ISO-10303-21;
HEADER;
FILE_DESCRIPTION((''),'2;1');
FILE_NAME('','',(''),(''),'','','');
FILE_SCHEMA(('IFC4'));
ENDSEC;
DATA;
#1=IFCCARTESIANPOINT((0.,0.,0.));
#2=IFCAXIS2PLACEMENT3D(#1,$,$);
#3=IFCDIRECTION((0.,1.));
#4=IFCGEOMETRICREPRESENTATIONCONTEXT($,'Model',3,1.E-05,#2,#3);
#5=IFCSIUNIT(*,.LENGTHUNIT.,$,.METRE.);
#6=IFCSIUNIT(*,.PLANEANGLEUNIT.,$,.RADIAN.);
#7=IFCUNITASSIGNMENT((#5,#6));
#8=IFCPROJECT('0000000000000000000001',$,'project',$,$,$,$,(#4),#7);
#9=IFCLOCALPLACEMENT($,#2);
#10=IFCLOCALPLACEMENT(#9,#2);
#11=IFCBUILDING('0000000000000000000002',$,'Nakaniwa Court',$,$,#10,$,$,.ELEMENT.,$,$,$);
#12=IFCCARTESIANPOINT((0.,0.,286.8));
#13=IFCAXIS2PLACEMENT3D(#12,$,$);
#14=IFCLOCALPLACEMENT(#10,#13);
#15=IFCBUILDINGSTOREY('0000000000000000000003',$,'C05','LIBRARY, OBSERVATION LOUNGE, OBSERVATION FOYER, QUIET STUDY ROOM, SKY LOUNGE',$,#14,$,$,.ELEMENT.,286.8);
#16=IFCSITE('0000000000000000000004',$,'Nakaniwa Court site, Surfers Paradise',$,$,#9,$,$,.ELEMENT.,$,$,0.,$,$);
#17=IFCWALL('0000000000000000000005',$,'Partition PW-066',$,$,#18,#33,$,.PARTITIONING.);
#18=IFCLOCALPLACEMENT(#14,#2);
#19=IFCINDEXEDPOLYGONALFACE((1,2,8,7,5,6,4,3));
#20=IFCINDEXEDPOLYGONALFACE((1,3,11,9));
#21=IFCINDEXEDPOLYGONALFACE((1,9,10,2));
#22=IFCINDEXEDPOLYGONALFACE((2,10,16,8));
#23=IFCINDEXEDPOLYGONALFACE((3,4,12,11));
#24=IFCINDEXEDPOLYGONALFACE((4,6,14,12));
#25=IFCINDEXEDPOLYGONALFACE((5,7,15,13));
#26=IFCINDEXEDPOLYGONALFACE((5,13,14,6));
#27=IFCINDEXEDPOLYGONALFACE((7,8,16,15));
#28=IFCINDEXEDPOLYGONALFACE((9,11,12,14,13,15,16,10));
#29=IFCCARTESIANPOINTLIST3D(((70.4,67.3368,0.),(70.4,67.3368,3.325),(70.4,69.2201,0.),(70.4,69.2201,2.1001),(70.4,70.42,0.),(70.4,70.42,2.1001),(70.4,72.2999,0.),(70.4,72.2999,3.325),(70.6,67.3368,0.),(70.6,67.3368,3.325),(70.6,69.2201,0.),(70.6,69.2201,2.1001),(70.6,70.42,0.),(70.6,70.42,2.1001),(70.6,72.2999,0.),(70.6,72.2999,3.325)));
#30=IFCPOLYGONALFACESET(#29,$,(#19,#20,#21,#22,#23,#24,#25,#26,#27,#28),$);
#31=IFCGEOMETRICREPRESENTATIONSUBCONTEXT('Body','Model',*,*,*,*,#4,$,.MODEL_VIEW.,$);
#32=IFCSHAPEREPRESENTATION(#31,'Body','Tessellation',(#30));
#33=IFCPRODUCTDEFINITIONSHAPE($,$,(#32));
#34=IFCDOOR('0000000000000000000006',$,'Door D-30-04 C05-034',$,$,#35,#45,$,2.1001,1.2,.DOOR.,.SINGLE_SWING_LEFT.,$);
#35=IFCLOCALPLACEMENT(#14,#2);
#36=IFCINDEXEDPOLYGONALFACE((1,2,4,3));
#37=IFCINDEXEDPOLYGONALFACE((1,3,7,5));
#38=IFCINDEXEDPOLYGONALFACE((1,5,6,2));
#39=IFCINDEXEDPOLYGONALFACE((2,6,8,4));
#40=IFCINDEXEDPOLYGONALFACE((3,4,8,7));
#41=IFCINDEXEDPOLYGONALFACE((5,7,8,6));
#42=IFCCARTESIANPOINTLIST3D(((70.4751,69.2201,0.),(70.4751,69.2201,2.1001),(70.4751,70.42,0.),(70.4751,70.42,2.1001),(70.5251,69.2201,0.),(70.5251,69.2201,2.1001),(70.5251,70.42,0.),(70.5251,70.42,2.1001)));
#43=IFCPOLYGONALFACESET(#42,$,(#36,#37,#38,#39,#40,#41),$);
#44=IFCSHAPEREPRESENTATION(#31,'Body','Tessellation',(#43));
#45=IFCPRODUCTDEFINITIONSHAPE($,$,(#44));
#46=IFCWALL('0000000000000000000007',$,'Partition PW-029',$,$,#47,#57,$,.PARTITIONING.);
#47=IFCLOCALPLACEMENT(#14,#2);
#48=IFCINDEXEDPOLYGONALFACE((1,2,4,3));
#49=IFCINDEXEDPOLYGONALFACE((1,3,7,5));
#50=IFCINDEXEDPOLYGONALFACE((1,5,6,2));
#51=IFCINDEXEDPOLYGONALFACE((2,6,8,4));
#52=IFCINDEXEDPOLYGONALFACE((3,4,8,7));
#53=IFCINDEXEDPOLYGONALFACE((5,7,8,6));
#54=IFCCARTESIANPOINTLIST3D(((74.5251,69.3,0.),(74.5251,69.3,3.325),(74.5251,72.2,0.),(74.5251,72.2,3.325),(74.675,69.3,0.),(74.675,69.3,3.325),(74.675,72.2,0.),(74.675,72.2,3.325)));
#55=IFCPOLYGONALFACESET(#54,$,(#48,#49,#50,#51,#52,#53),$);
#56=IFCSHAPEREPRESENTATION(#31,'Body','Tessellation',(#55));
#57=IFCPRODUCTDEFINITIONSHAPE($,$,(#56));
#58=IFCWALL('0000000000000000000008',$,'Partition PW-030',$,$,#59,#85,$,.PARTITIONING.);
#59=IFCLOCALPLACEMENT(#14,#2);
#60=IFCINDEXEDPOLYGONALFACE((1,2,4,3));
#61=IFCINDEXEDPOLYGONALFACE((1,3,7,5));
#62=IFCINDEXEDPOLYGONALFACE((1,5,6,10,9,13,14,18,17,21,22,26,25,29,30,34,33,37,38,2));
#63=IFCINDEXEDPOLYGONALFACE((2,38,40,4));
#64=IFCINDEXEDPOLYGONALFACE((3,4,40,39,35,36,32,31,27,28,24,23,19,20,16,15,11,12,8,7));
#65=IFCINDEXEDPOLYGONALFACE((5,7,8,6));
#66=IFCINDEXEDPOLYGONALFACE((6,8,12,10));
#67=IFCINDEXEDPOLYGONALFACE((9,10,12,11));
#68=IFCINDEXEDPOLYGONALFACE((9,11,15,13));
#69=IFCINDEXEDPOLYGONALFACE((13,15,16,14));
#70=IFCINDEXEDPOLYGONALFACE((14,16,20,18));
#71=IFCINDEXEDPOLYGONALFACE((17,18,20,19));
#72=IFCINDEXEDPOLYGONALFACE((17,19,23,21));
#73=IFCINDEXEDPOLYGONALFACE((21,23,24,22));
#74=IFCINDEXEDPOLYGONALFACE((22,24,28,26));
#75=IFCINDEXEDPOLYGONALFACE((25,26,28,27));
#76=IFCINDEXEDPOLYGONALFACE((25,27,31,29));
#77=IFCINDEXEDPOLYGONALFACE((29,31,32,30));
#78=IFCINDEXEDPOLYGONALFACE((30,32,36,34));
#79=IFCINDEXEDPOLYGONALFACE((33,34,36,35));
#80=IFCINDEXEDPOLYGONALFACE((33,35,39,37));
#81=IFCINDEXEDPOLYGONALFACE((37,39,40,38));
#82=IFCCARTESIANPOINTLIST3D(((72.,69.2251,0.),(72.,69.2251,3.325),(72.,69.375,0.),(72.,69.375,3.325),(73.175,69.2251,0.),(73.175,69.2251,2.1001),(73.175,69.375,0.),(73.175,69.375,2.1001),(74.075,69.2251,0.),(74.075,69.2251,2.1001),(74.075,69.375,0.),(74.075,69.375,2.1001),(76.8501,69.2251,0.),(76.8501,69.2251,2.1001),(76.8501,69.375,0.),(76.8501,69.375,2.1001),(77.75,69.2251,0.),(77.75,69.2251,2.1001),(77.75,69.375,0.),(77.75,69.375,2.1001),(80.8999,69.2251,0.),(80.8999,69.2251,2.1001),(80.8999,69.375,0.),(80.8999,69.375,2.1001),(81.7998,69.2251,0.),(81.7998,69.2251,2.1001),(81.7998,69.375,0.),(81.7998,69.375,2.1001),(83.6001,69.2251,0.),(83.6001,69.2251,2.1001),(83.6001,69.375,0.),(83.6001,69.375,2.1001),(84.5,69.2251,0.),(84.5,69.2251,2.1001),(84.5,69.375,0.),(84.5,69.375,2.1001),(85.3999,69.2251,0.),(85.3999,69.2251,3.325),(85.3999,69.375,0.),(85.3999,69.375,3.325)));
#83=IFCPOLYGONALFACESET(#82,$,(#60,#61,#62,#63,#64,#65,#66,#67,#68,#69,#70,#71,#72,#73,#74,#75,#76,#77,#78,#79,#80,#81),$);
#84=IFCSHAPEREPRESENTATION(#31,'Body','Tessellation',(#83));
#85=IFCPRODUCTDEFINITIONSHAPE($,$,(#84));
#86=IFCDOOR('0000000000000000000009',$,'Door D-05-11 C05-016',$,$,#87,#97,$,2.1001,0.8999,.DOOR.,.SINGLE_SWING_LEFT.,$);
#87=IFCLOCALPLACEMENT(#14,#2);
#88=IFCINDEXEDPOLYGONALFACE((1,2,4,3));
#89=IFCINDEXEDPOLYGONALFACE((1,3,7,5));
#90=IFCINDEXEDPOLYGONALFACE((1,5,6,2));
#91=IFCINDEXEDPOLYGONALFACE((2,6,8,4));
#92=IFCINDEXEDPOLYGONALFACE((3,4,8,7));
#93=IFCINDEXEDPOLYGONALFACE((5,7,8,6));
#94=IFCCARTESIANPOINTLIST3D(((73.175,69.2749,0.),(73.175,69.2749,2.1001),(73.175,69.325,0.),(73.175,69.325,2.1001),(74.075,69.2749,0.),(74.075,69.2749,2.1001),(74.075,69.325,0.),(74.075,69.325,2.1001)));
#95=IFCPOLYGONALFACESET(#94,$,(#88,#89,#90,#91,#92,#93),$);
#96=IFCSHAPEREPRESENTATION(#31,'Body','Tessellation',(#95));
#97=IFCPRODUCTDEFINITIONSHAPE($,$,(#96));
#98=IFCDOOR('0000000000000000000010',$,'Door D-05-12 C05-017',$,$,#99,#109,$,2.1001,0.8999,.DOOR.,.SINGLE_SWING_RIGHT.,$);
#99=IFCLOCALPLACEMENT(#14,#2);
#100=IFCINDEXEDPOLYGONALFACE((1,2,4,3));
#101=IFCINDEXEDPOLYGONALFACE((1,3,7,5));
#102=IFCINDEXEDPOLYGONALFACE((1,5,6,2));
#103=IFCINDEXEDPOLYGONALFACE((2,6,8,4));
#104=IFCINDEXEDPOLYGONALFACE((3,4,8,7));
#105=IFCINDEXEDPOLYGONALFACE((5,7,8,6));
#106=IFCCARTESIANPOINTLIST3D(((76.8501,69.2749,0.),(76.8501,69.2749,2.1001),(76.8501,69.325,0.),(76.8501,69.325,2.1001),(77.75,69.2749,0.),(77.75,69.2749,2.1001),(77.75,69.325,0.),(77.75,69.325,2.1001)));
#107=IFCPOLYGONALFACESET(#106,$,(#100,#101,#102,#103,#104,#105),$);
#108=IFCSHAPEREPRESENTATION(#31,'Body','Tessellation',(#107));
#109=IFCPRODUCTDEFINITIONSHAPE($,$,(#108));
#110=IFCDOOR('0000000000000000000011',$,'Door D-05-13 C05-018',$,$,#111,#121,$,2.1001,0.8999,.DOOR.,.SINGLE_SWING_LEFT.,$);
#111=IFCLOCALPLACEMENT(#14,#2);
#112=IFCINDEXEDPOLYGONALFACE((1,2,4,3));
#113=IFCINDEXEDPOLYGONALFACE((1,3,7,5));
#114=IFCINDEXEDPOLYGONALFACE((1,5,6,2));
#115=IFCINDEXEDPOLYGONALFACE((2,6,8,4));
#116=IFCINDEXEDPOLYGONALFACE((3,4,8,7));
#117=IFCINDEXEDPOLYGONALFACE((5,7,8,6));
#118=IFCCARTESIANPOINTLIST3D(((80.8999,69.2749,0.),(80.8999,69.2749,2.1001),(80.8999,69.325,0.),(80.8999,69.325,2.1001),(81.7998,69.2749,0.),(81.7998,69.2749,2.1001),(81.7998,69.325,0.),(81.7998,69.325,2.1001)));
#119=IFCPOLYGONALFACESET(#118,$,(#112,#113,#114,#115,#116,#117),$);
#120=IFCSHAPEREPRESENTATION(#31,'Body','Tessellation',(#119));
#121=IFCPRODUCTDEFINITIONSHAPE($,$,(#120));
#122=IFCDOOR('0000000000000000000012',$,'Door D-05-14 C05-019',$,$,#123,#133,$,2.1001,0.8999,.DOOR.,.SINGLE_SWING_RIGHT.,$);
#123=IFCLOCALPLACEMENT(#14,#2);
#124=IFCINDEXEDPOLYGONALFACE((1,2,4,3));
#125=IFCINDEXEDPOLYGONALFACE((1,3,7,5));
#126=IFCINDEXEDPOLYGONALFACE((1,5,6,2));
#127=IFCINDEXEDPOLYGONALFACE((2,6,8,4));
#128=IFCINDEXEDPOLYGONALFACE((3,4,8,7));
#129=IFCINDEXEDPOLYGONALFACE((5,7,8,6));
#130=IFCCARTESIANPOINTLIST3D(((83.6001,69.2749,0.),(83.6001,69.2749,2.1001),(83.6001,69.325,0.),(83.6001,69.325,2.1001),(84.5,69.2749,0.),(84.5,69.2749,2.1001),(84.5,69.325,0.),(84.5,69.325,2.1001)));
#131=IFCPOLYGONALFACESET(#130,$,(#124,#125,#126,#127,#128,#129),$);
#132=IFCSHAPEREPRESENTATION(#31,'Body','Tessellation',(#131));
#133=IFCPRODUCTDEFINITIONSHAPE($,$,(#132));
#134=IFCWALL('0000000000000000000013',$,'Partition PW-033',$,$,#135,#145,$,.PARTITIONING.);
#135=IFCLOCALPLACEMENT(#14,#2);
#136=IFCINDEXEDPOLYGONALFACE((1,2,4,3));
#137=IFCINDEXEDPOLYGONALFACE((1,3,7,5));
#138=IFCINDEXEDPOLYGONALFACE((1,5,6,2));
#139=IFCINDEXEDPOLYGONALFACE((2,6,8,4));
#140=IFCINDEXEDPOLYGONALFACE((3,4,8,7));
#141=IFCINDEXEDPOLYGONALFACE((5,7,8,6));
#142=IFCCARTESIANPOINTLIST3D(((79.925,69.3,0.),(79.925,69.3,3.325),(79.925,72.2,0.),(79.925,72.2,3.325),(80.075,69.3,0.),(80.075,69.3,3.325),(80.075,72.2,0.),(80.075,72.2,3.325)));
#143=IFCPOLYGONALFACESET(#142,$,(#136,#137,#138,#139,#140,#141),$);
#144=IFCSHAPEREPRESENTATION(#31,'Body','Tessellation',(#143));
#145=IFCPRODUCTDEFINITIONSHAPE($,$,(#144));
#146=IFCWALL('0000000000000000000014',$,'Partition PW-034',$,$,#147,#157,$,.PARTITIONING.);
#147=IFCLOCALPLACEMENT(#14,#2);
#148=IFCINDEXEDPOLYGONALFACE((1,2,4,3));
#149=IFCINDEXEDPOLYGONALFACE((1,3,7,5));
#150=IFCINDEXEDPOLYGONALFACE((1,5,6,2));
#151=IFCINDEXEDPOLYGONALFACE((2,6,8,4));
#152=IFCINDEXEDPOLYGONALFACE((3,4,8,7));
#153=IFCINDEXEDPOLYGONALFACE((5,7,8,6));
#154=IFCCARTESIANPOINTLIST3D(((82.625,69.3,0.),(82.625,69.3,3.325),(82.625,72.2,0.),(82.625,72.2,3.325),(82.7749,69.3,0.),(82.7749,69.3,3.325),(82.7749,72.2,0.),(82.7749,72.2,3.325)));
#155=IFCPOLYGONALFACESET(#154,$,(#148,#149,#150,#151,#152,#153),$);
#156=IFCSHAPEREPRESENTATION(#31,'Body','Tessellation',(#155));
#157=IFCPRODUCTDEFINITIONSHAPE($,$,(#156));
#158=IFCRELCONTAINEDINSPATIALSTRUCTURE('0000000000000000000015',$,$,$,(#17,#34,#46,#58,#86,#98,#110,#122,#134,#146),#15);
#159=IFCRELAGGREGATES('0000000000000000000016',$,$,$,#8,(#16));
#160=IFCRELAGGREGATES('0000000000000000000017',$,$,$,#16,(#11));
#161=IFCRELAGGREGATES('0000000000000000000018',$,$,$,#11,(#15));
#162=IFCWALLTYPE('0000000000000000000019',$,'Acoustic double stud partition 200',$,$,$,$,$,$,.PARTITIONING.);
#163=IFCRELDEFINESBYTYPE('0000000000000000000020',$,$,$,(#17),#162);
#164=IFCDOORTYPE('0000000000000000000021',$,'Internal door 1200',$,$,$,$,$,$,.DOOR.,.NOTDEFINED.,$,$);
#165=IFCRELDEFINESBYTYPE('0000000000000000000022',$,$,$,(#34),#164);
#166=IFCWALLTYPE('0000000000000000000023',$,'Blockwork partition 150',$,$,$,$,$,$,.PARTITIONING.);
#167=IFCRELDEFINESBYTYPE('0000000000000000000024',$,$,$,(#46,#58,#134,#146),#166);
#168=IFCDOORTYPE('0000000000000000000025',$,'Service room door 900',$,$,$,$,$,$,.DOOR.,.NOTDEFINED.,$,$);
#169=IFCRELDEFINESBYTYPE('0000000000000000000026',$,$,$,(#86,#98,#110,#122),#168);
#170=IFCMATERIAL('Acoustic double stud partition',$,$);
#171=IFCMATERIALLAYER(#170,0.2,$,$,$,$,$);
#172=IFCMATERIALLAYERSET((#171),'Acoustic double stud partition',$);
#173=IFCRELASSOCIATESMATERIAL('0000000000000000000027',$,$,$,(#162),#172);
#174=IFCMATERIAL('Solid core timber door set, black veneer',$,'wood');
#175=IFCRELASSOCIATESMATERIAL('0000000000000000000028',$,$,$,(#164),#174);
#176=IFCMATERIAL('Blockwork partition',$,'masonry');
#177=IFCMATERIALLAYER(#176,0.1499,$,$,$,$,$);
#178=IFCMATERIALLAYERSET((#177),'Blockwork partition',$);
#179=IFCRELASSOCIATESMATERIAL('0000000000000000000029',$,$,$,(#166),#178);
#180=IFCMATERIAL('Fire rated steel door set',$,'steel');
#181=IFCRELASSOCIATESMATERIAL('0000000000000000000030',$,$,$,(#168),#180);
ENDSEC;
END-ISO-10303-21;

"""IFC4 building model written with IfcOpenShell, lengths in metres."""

from ifc_helpers import new_model, si_unit, direction, frame, frame_2d, origin, place, context, subcontext, project, spatial, rectangle, extrude, material, layer, layer_set, type_object, element, fill, save


model = new_model("IFC4")

# Units and contexts
model_context = context("Model", 3, precision=1e-05, world=origin(), true_north=direction((0.0, 1.0)))
body_context = subcontext(model_context, "Body", "Model", "MODEL_VIEW")
ifc_project = project(units=[si_unit("LENGTHUNIT", "METRE"), si_unit("PLANEANGLEUNIT", "RADIAN")], contexts=[model_context])

# Site, building, storey
site_placement = place(None, origin())
site = spatial("IfcSite", under=ifc_project, at=site_placement, Name="Nakaniwa Court site, Surfers Paradise", CompositionType="ELEMENT", RefElevation=0.0)
building_placement = place(site_placement, origin())
building = spatial("IfcBuilding", under=site, at=building_placement, Name="Nakaniwa Court", CompositionType="ELEMENT")
storey_placement = place(building_placement, frame((0.0, 0.0, 286.8)))
storey = spatial("IfcBuildingStorey", under=building, at=storey_placement, Name="C05", Description="LIBRARY, OBSERVATION LOUNGE, OBSERVATION FOYER, QUIET STUDY ROOM, SKY LOUNGE", CompositionType="ELEMENT", Elevation=286.8)

# Wall, opening, door
ifc_material_1 = material(Name="Acoustic double stud partition")
ifc_layer_1 = layer(ifc_material_1, 0.2)
ifc_layer_set_1 = layer_set([ifc_layer_1], Name="Acoustic double stud partition")
wall_type_1 = type_object("IfcWallType", Name="Acoustic double stud partition 200", PredefinedType="PARTITIONING", material=ifc_layer_set_1)
wall_1_placement = place(storey_placement, frame((70.5, 67.3369, 0.0), z_axis=(0.0, 0.0, 1.0), x_axis=(0.0, 1.0, 0.0)))
wall_1 = element("IfcWall", 1, at=wall_1_placement, inside=storey, type_object=wall_type_1, Name="Partition PW-066", PredefinedType="PARTITIONING", context=body_context, shape_type="SweptSolid", body=[
    extrude(rectangle(XDim=4.9631, YDim=0.2, at=frame_2d((2.4814, 0.0))), origin(), (0.0, 0.0, 1.0), 3.325),
])
opening_1_placement = place(wall_1_placement, frame((1.8831, 0.0, 0.0)))
opening_1 = element("IfcOpeningElement", 2, at=opening_1_placement, cuts=wall_1, PredefinedType="OPENING", context=body_context, shape_type="SweptSolid", body=[
    extrude(rectangle(XDim=1.2, YDim=2.1001, at=frame_2d((0.6001, 1.05))), frame((0.0, 0.1099, 0.0), z_axis=(0.0, -1.0, 0.0), x_axis=(1.0, 0.0, 0.0)), (0.0, 0.0, 1.0), 0.22),
])
ifc_material_2 = material(Name="Solid core timber door set, black veneer", Category="wood")
door_type_1 = type_object("IfcDoorType", Name="Internal door 1200", OperationType="NOTDEFINED", PredefinedType="DOOR", material=ifc_material_2)
door_1_placement = place(opening_1_placement, origin())
door_1 = element("IfcDoor", 3, at=door_1_placement, inside=storey, type_object=door_type_1, Name="Door D-30-04 C05-034", OperationType="SINGLE_SWING_LEFT", OverallHeight=2.1001, OverallWidth=1.2, PredefinedType="DOOR", context=body_context, shape_type="SweptSolid", body=[
    extrude(rectangle(XDim=1.2, YDim=2.1001, at=frame_2d((0.6001, 1.05))), frame((0.0, 0.0249, 0.0), z_axis=(0.0, -1.0, 0.0), x_axis=(1.0, 0.0, 0.0)), (0.0, 0.0, 1.0), 0.05),
])
fill(opening_1, door_1)

# Wall
ifc_material_3 = material(Name="Blockwork partition", Category="masonry")
ifc_layer_2 = layer(ifc_material_3, 0.1499)
ifc_layer_set_2 = layer_set([ifc_layer_2], Name="Blockwork partition")
wall_type_2 = type_object("IfcWallType", Name="Blockwork partition 150", PredefinedType="PARTITIONING", material=ifc_layer_set_2)
wall_2_placement = place(storey_placement, frame((74.6001, 69.3, 0.0), z_axis=(0.0, 0.0, 1.0), x_axis=(0.0, 1.0, 0.0)))
element("IfcWall", 4, at=wall_2_placement, inside=storey, type_object=wall_type_2, Name="Partition PW-029", PredefinedType="PARTITIONING", context=body_context, shape_type="SweptSolid", body=[
    extrude(rectangle(XDim=2.8999, YDim=0.1499, at=frame_2d((1.45, 0.0))), origin(), (0.0, 0.0, 1.0), 3.325),
])

# Wall, openings, doors
wall_3_placement = place(storey_placement, frame((72.0, 69.3, 0.0), z_axis=(0.0, 0.0, 1.0), x_axis=(1.0, 0.0, 0.0)))
wall_3 = element("IfcWall", 5, at=wall_3_placement, inside=storey, type_object=wall_type_2, Name="Partition PW-030", PredefinedType="PARTITIONING", context=body_context, shape_type="SweptSolid", body=[
    extrude(rectangle(XDim=13.3999, YDim=0.1499, at=frame_2d((6.7, 0.0))), origin(), (0.0, 0.0, 1.0), 3.325),
])
opening_2_placement = place(wall_3_placement, frame((1.175, 0.0, 0.0)))
opening_2 = element("IfcOpeningElement", 6, at=opening_2_placement, cuts=wall_3, PredefinedType="OPENING", context=body_context, shape_type="SweptSolid", body=[
    extrude(rectangle(XDim=0.8999, YDim=2.1001, at=frame_2d((0.45, 1.05))), frame((0.0, 0.085, 0.0), z_axis=(0.0, -1.0, 0.0), x_axis=(1.0, 0.0, 0.0)), (0.0, 0.0, 1.0), 0.1699),
])
opening_3_placement = place(wall_3_placement, frame((4.8501, 0.0, 0.0)))
opening_3 = element("IfcOpeningElement", 7, at=opening_3_placement, cuts=wall_3, PredefinedType="OPENING", context=body_context, shape_type="SweptSolid", body=[
    extrude(rectangle(XDim=0.8999, YDim=2.1001, at=frame_2d((0.45, 1.05))), frame((0.0, 0.085, 0.0), z_axis=(0.0, -1.0, 0.0), x_axis=(1.0, 0.0, 0.0)), (0.0, 0.0, 1.0), 0.1699),
])
opening_4_placement = place(wall_3_placement, frame((8.8999, 0.0, 0.0)))
opening_4 = element("IfcOpeningElement", 8, at=opening_4_placement, cuts=wall_3, PredefinedType="OPENING", context=body_context, shape_type="SweptSolid", body=[
    extrude(rectangle(XDim=0.8999, YDim=2.1001, at=frame_2d((0.45, 1.05))), frame((0.0, 0.085, 0.0), z_axis=(0.0, -1.0, 0.0), x_axis=(1.0, 0.0, 0.0)), (0.0, 0.0, 1.0), 0.1699),
])
opening_5_placement = place(wall_3_placement, frame((11.6001, 0.0, 0.0)))
opening_5 = element("IfcOpeningElement", 9, at=opening_5_placement, cuts=wall_3, PredefinedType="OPENING", context=body_context, shape_type="SweptSolid", body=[
    extrude(rectangle(XDim=0.8999, YDim=2.1001, at=frame_2d((0.45, 1.05))), frame((0.0, 0.085, 0.0), z_axis=(0.0, -1.0, 0.0), x_axis=(1.0, 0.0, 0.0)), (0.0, 0.0, 1.0), 0.1699),
])
ifc_material_4 = material(Name="Fire rated steel door set", Category="steel")
door_type_2 = type_object("IfcDoorType", Name="Service room door 900", OperationType="NOTDEFINED", PredefinedType="DOOR", material=ifc_material_4)
door_2_placement = place(opening_2_placement, origin())
door_2 = element("IfcDoor", 10, at=door_2_placement, inside=storey, type_object=door_type_2, Name="Door D-05-11 C05-016", OperationType="SINGLE_SWING_LEFT", OverallHeight=2.1001, OverallWidth=0.8999, PredefinedType="DOOR", context=body_context, shape_type="SweptSolid", body=[
    extrude(rectangle(XDim=0.8999, YDim=2.1001, at=frame_2d((0.45, 1.05))), frame((0.0, 0.0249, 0.0), z_axis=(0.0, -1.0, 0.0), x_axis=(1.0, 0.0, 0.0)), (0.0, 0.0, 1.0), 0.05),
])
fill(opening_2, door_2)
door_3_placement = place(opening_3_placement, origin())
door_3 = element("IfcDoor", 11, at=door_3_placement, inside=storey, type_object=door_type_2, Name="Door D-05-12 C05-017", OperationType="SINGLE_SWING_RIGHT", OverallHeight=2.1001, OverallWidth=0.8999, PredefinedType="DOOR", context=body_context, shape_type="SweptSolid", body=[
    extrude(rectangle(XDim=0.8999, YDim=2.1001, at=frame_2d((0.45, 1.05))), frame((0.0, 0.0249, 0.0), z_axis=(0.0, -1.0, 0.0), x_axis=(1.0, 0.0, 0.0)), (0.0, 0.0, 1.0), 0.05),
])
fill(opening_3, door_3)
door_4_placement = place(opening_4_placement, origin())
door_4 = element("IfcDoor", 12, at=door_4_placement, inside=storey, type_object=door_type_2, Name="Door D-05-13 C05-018", OperationType="SINGLE_SWING_LEFT", OverallHeight=2.1001, OverallWidth=0.8999, PredefinedType="DOOR", context=body_context, shape_type="SweptSolid", body=[
    extrude(rectangle(XDim=0.8999, YDim=2.1001, at=frame_2d((0.45, 1.05))), frame((0.0, 0.0249, 0.0), z_axis=(0.0, -1.0, 0.0), x_axis=(1.0, 0.0, 0.0)), (0.0, 0.0, 1.0), 0.05),
])
fill(opening_4, door_4)
door_5_placement = place(opening_5_placement, origin())
door_5 = element("IfcDoor", 13, at=door_5_placement, inside=storey, type_object=door_type_2, Name="Door D-05-14 C05-019", OperationType="SINGLE_SWING_RIGHT", OverallHeight=2.1001, OverallWidth=0.8999, PredefinedType="DOOR", context=body_context, shape_type="SweptSolid", body=[
    extrude(rectangle(XDim=0.8999, YDim=2.1001, at=frame_2d((0.45, 1.05))), frame((0.0, 0.0249, 0.0), z_axis=(0.0, -1.0, 0.0), x_axis=(1.0, 0.0, 0.0)), (0.0, 0.0, 1.0), 0.05),
])
fill(opening_5, door_5)

# Walls
for number, where, z_axis, x_axis, name in (
    (14, (80.0, 69.3, 0.0), (0.0, 0.0, 1.0), (0.0, 1.0, 0.0), "Partition PW-033"),
    (15, (82.7, 69.3, 0.0), (0.0, 0.0, 1.0), (0.0, 1.0, 0.0), "Partition PW-034"),
):
    element("IfcWall", number, at=place(storey_placement, frame(where, z_axis=z_axis, x_axis=x_axis)), inside=storey, type_object=wall_type_2, Name=name, PredefinedType="PARTITIONING", context=body_context, shape_type="SweptSolid", body=[
        extrude(rectangle(XDim=2.8999, YDim=0.1499, at=frame_2d((1.45, 0.0))), origin(), (0.0, 0.0, 1.0), 3.325),
    ])

save(model, "model.ifc")
